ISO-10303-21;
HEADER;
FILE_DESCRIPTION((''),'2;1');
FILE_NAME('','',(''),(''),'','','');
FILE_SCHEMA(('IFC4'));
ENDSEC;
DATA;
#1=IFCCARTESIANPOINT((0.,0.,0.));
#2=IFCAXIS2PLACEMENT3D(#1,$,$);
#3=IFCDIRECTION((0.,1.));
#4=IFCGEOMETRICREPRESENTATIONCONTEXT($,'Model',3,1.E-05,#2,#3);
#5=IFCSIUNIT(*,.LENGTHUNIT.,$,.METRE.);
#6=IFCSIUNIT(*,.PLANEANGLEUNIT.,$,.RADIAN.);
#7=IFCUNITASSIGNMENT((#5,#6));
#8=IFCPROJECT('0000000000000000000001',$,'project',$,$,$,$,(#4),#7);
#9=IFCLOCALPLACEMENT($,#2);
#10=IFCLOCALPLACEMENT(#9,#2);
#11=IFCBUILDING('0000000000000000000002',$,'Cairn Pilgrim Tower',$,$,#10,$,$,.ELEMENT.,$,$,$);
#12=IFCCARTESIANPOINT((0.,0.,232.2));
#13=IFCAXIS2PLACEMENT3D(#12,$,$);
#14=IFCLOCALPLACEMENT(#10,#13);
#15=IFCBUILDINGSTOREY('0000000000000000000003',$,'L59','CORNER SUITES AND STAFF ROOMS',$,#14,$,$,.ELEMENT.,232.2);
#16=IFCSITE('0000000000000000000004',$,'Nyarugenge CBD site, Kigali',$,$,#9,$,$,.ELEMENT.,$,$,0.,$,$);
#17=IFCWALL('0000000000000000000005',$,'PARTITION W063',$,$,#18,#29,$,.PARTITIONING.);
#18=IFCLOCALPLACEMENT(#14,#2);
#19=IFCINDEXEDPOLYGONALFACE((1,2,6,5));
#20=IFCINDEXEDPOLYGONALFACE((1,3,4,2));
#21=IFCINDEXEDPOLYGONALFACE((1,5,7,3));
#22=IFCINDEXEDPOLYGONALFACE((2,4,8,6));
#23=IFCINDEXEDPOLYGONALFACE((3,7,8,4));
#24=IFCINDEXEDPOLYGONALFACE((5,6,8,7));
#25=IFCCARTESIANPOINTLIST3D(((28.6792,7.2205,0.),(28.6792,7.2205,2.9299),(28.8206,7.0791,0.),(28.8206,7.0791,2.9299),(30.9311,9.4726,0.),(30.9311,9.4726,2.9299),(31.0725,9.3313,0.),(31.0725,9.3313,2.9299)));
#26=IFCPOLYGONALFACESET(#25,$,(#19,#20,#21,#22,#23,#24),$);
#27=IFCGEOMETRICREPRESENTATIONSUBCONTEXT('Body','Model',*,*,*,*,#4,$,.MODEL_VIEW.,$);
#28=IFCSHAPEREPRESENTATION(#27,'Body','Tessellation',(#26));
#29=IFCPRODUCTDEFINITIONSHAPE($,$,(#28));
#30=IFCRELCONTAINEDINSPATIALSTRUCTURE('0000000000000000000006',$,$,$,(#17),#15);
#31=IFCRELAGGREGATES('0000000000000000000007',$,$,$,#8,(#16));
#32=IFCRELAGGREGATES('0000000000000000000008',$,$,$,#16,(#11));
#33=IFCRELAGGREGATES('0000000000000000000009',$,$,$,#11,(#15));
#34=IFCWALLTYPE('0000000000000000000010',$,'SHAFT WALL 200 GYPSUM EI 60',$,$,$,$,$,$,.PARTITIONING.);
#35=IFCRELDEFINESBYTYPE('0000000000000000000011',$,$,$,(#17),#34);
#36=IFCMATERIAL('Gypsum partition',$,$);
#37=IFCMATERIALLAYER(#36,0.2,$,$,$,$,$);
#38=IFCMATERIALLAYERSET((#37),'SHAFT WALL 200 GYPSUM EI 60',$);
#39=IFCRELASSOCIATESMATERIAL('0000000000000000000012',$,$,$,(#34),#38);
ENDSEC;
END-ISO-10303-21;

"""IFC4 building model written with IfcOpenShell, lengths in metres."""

from ifc_helpers import new_model, si_unit, direction, frame, frame_2d, origin, place, context, subcontext, project, spatial, rectangle, extrude, material, layer, layer_set, type_object, element, save


model = new_model("IFC4")

# Units and contexts
model_context = context("Model", 3, precision=1e-05, world=origin(), true_north=direction((0.0, 1.0)))
body_context = subcontext(model_context, "Body", "Model", "MODEL_VIEW")
ifc_project = project(units=[si_unit("LENGTHUNIT", "METRE"), si_unit("PLANEANGLEUNIT", "RADIAN")], contexts=[model_context])

# Site, building, storey
site_placement = place(None, origin())
site = spatial("IfcSite", under=ifc_project, at=site_placement, Name="Nyarugenge CBD site, Kigali", CompositionType="ELEMENT", RefElevation=0.0)
building_placement = place(site_placement, origin())
building = spatial("IfcBuilding", under=site, at=building_placement, Name="Cairn Pilgrim Tower", CompositionType="ELEMENT")
storey_placement = place(building_placement, frame((0.0, 0.0, 232.2)))
storey = spatial("IfcBuildingStorey", under=building, at=storey_placement, Name="L59", Description="CORNER SUITES AND STAFF ROOMS", CompositionType="ELEMENT", Elevation=232.2)

# Shared definitions
ifc_material_1 = material(Name="Gypsum partition")

# Wall
ifc_layer_1 = layer(ifc_material_1, 0.2)
ifc_layer_set_1 = layer_set([ifc_layer_1], Name="SHAFT WALL 200 GYPSUM EI 60")
wall_type_1 = type_object("IfcWallType", Name="SHAFT WALL 200 GYPSUM EI 60", PredefinedType="PARTITIONING", material=ifc_layer_set_1)
wall_1_placement = place(storey_placement, frame((28.75, 7.1499, 0.0), z_axis=(0.0, 0.0, 1.0), x_axis=(0.707068, 0.707145, 0.0)))
element("IfcWall", 1, at=wall_1_placement, inside=storey, type_object=wall_type_1, Name="PARTITION W063", PredefinedType="PARTITIONING", context=body_context, shape_type="SweptSolid", body=[
    extrude(rectangle(XDim=3.1848, YDim=0.2, at=frame_2d((1.5923, 0.0))), origin(), (0.0, 0.0, 1.0), 2.9299),
])

save(model, "model.ifc")
